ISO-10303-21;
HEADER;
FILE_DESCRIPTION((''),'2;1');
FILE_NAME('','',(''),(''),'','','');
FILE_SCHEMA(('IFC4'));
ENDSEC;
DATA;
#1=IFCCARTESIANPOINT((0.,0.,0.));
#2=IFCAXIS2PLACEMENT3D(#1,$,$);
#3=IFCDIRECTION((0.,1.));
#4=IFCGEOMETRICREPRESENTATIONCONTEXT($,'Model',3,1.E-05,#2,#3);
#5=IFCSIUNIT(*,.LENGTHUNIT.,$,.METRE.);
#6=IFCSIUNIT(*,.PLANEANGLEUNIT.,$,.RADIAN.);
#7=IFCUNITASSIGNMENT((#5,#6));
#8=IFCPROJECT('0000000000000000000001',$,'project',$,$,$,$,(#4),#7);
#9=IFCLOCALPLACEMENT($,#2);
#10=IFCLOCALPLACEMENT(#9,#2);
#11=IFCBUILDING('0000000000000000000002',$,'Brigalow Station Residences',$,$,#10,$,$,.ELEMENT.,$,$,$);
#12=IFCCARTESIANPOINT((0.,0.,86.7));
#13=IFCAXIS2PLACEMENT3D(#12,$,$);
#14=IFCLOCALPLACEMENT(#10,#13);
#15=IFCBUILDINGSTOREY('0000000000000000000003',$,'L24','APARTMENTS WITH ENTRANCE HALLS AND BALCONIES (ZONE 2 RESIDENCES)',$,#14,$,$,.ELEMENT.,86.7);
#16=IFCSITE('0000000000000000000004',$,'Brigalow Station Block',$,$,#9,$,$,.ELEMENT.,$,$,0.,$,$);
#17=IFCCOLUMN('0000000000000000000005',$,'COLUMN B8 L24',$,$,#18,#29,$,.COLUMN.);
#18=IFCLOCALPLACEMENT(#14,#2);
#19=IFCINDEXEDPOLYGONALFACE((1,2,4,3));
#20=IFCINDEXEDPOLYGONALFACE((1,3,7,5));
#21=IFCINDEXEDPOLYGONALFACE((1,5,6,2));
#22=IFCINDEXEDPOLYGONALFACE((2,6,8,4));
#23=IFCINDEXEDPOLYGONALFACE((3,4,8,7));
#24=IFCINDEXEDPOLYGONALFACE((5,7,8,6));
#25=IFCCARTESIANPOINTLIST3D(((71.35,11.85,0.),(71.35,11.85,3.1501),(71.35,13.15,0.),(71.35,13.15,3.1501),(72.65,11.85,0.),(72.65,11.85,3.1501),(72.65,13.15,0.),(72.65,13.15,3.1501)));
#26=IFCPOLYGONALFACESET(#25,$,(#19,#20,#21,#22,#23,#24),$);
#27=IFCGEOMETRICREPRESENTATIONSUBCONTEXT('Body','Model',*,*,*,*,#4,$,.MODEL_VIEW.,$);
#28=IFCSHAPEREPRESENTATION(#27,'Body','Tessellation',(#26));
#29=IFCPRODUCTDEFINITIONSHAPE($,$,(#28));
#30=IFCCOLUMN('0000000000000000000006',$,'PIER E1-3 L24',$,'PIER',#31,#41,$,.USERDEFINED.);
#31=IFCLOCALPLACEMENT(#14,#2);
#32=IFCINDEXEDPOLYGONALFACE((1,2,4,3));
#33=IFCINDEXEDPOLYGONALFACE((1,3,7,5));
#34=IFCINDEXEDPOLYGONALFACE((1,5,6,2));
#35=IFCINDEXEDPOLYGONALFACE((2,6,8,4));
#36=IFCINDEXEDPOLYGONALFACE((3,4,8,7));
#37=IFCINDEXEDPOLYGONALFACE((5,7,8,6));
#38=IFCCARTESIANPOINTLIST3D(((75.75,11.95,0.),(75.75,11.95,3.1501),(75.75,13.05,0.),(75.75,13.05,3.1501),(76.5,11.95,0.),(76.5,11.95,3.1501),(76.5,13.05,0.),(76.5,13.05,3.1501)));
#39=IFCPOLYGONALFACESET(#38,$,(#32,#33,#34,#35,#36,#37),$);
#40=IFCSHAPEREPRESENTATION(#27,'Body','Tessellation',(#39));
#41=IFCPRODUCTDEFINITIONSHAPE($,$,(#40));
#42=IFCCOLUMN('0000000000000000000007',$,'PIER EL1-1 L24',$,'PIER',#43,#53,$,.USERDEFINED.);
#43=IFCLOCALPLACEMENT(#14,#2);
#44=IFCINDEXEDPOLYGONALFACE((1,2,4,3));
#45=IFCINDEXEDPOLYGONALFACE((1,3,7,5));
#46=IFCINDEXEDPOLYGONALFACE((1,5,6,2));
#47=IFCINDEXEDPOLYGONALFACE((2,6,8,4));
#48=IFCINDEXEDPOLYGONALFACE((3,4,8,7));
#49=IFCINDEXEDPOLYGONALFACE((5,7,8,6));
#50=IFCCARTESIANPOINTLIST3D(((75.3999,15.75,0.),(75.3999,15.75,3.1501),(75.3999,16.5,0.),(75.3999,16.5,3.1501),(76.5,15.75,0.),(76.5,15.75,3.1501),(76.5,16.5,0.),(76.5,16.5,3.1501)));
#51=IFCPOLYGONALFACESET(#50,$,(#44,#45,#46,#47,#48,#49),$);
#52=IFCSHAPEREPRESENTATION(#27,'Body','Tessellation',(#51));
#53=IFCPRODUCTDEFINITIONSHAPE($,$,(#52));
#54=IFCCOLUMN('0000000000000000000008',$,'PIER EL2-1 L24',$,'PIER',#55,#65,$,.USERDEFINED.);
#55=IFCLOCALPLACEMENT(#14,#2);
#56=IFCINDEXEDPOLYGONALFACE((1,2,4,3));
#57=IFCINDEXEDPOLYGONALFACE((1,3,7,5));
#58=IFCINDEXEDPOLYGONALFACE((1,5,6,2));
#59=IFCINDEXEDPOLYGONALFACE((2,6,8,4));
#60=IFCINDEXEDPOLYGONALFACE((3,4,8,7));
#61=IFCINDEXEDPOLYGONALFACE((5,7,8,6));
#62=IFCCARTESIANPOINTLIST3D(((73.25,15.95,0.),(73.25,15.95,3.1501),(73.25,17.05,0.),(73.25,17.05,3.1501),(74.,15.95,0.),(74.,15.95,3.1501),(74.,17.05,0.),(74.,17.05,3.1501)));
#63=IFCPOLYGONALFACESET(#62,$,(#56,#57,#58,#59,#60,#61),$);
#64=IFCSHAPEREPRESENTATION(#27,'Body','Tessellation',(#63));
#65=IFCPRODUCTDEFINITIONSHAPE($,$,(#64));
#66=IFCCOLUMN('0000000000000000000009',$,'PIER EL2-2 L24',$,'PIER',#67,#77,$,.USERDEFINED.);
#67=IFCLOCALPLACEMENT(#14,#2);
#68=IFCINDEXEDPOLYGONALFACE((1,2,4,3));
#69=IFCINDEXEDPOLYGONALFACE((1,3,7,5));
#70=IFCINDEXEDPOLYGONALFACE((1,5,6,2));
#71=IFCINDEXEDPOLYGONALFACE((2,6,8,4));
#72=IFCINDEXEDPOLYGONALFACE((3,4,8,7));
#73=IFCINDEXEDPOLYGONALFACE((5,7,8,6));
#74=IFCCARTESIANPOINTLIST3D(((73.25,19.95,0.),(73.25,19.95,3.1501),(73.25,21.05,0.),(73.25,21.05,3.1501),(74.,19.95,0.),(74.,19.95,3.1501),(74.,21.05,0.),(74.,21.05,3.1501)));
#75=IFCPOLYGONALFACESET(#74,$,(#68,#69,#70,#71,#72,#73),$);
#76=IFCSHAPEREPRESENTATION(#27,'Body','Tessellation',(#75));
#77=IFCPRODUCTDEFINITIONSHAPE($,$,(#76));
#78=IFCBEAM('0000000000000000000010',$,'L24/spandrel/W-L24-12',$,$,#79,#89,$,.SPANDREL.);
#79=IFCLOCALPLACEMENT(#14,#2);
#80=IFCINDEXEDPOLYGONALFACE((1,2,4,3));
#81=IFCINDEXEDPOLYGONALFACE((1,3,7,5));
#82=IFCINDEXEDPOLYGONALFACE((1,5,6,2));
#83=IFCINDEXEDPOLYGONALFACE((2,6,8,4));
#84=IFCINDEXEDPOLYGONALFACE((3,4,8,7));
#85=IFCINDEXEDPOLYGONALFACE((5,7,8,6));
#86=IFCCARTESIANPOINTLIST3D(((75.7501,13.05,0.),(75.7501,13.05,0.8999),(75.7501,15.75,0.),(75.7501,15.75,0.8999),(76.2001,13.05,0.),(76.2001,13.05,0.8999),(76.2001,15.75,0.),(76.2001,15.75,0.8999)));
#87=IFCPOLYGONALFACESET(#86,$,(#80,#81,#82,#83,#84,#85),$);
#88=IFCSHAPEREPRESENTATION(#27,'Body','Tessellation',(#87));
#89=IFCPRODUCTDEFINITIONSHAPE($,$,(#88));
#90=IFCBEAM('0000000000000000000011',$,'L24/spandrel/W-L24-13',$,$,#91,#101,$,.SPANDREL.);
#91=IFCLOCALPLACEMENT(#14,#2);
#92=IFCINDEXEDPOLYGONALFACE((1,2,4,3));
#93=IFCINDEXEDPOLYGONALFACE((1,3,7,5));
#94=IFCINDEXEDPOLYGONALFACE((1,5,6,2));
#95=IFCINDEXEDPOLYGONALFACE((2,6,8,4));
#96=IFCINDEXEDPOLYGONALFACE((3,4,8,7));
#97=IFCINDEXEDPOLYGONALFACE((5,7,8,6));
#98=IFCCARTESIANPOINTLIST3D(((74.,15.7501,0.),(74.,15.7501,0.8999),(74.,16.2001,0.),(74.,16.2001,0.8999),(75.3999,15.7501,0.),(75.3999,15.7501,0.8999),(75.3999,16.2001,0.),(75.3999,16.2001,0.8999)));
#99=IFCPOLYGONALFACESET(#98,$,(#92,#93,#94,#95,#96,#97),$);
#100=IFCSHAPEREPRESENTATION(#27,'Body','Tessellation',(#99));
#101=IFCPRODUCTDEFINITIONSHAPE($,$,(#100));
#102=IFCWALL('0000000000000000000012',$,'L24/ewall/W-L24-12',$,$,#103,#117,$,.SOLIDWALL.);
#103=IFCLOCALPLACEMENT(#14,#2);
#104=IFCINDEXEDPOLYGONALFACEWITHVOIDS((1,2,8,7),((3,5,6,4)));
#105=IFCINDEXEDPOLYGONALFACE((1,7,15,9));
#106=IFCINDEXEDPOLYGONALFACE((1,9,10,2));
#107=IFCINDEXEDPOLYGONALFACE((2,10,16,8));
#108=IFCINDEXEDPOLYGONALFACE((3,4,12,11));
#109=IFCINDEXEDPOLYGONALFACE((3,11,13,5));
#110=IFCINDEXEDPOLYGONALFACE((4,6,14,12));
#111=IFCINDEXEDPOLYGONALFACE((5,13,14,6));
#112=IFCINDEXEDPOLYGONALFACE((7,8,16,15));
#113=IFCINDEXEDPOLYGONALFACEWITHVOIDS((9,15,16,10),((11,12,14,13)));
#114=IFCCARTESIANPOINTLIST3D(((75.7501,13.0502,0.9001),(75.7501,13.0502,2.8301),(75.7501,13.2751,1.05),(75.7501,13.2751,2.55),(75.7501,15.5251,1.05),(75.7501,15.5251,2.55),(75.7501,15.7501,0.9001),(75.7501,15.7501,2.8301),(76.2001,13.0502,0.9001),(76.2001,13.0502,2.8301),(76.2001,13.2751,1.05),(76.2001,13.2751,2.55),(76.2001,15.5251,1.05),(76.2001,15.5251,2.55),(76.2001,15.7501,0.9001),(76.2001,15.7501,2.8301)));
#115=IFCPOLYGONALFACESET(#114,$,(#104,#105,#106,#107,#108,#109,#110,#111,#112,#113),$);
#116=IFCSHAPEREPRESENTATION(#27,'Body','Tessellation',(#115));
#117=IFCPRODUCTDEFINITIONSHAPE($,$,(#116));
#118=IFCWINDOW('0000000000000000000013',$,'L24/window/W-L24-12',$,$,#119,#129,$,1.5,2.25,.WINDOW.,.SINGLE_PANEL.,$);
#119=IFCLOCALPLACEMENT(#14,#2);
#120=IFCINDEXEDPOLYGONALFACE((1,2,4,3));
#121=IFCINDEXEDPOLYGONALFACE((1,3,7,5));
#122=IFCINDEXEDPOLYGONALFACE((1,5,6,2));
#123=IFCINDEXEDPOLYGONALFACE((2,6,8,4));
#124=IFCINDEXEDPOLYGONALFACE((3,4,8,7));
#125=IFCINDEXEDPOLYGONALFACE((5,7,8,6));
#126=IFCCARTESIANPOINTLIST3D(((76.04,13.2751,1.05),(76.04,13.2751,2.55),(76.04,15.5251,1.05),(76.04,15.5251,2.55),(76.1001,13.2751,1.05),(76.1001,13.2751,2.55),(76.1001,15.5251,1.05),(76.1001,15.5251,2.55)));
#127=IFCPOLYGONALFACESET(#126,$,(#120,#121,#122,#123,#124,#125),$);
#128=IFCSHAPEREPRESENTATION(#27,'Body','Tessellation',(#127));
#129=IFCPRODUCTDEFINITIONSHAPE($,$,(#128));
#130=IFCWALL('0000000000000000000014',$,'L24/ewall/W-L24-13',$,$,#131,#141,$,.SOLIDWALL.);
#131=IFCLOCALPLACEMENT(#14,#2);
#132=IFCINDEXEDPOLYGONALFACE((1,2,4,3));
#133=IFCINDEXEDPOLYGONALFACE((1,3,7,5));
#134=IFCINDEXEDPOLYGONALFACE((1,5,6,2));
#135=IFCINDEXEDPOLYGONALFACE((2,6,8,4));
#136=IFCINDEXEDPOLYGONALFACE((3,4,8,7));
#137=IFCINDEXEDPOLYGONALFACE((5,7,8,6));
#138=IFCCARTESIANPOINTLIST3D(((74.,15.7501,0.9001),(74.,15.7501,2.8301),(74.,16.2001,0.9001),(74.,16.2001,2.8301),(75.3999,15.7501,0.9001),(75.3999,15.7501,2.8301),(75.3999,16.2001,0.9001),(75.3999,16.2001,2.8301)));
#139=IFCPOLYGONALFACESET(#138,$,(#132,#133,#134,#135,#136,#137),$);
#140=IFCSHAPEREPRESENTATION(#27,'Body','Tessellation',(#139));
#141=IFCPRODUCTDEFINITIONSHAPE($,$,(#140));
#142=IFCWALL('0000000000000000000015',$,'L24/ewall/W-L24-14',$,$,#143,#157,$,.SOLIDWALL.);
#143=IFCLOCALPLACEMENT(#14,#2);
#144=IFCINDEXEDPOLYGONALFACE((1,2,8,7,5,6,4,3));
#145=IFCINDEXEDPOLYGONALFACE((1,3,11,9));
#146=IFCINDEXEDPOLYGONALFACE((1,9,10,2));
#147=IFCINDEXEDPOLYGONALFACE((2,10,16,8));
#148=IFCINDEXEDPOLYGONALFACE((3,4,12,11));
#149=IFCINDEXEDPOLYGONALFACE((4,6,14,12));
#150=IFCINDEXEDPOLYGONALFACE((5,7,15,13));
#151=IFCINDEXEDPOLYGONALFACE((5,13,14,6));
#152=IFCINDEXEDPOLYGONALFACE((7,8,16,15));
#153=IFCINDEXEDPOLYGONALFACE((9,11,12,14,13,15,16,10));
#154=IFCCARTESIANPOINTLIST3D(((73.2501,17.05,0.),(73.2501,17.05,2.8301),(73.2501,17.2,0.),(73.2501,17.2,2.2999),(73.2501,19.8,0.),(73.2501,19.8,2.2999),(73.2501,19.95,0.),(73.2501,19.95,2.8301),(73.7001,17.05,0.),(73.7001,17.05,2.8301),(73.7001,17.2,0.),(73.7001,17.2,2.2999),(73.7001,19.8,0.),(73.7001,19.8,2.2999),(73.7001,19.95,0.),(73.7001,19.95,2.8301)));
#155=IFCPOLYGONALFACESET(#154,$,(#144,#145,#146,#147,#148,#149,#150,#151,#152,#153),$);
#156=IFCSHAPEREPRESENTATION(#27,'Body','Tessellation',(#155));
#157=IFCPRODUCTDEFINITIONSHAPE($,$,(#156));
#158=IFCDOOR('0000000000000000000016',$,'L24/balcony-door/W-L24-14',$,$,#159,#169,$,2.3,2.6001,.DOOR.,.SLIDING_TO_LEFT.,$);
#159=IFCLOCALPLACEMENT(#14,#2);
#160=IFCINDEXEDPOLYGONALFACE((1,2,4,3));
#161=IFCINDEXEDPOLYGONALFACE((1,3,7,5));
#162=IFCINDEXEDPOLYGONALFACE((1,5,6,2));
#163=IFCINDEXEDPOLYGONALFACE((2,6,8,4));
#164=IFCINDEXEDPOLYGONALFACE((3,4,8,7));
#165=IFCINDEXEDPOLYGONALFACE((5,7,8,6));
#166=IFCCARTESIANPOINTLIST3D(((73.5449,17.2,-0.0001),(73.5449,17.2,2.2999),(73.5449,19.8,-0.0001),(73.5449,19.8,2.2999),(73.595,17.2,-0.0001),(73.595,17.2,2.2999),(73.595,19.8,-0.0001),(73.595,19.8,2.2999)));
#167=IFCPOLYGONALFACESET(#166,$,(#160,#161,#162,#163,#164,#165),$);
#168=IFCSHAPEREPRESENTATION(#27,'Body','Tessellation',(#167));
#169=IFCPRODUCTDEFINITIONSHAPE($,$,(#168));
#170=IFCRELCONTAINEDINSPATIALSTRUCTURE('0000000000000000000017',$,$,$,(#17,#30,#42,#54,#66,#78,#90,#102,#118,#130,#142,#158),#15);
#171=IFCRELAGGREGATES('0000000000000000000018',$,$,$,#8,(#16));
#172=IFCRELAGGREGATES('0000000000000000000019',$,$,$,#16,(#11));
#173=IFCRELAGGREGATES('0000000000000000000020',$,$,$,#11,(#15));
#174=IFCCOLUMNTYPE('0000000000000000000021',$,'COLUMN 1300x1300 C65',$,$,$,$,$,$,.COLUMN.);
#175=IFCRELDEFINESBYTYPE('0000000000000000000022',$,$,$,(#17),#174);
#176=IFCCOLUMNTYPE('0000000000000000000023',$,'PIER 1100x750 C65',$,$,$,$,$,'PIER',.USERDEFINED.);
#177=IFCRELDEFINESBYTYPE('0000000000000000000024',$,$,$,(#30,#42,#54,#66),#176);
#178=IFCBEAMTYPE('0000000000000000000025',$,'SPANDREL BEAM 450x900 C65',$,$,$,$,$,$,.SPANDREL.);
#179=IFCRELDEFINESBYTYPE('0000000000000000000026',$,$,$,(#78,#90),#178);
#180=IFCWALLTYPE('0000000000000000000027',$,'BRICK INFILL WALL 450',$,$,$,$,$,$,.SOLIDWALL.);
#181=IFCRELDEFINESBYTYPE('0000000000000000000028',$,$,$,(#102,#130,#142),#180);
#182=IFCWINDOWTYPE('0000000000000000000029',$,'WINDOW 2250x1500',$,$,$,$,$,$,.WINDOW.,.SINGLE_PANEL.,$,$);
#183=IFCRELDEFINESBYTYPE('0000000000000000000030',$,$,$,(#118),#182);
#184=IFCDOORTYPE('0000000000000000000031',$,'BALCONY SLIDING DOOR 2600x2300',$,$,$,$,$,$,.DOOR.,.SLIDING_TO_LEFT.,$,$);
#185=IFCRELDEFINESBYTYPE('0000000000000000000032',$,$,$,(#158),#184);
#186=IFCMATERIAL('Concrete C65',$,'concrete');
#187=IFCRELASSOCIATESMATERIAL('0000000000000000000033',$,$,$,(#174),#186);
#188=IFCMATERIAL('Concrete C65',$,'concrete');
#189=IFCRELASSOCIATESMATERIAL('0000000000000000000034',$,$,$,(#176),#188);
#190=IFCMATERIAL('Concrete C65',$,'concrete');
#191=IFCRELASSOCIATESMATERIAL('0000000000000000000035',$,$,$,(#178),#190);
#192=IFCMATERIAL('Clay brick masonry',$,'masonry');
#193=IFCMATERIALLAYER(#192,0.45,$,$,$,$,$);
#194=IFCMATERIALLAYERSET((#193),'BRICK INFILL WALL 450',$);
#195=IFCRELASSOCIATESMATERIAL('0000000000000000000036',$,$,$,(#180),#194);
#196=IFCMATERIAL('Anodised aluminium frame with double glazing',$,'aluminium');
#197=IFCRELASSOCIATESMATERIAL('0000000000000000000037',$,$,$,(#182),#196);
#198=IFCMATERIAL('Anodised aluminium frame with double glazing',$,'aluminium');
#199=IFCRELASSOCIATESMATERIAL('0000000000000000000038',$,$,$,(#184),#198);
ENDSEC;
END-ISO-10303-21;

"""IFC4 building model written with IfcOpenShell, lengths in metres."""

from ifc_helpers import new_model, si_unit, direction, frame, frame_2d, origin, origin_2d, place, context, subcontext, project, spatial, rectangle, extrude, material, layer, layer_set, material_profile, profile_set, type_object, element, fill, save


model = new_model("IFC4")

# Units and contexts
model_context = context("Model", 3, precision=1e-05, world=origin(), true_north=direction((0.0, 1.0)))
body_context = subcontext(model_context, "Body", "Model", "MODEL_VIEW")
ifc_project = project(units=[si_unit("LENGTHUNIT", "METRE"), si_unit("PLANEANGLEUNIT", "RADIAN")], contexts=[model_context])

# Site, building, storey
site_placement = place(None, origin())
site = spatial("IfcSite", under=ifc_project, at=site_placement, Name="Brigalow Station Block", CompositionType="ELEMENT", RefElevation=0.0)
building_placement = place(site_placement, origin())
building = spatial("IfcBuilding", under=site, at=building_placement, Name="Brigalow Station Residences", CompositionType="ELEMENT")
storey_placement = place(building_placement, frame((0.0, 0.0, 86.7)))
storey = spatial("IfcBuildingStorey", under=building, at=storey_placement, Name="L24", Description="APARTMENTS WITH ENTRANCE HALLS AND BALCONIES (ZONE 2 RESIDENCES)", CompositionType="ELEMENT", Elevation=86.7)

# Columns
ifc_material_1 = material(Name="Concrete C65", Category="concrete")
ifc_material_profile_1 = material_profile(ifc_material_1, rectangle(XDim=1.3, YDim=1.3, at=origin_2d()), Name="RC1300x1300")
ifc_profile_set_1 = profile_set([ifc_material_profile_1], Name="Concrete C65")
column_type_1 = type_object("IfcColumnType", Name="COLUMN 1300x1300 C65", PredefinedType="COLUMN", material=ifc_profile_set_1)
column_placement = place(storey_placement, frame((72.0, 12.5, 0.0), z_axis=(0.0, 0.0, 1.0), x_axis=(1.0, 0.0, 0.0)))
element("IfcColumn", 1, at=column_placement, inside=storey, type_object=column_type_1, Name="COLUMN B8 L24", PredefinedType="COLUMN", context=body_context, shape_type="SweptSolid", body=[
    extrude(rectangle(XDim=1.3, YDim=1.3, at=origin_2d()), origin(), (0.0, 0.0, 1.0), 3.1501),
])
ifc_material_2 = material(Name="Concrete C65", Category="concrete")
ifc_material_profile_2 = material_profile(ifc_material_2, rectangle(XDim=1.1001, YDim=0.75, at=origin_2d()), Name="RC1100x750")
ifc_profile_set_2 = profile_set([ifc_material_profile_2], Name="Concrete C65")
column_type_2 = type_object("IfcColumnType", Name="PIER 1100x750 C65", ElementType="PIER", PredefinedType="USERDEFINED", material=ifc_profile_set_2)
for number, where, z_axis, x_axis, name in (
    (2, (76.125, 12.5, 0.0), (0.0, 0.0, 1.0), (0.0, 1.0, 0.0), "PIER E1-3 L24"),
    (3, (75.95, 16.125, 0.0), (0.0, 0.0, 1.0), (-1.0, 0.0, 0.0), "PIER EL1-1 L24"),
    (4, (73.625, 16.5, 0.0), (0.0, 0.0, 1.0), (0.0, 1.0, 0.0), "PIER EL2-1 L24"),
    (5, (73.625, 20.5, 0.0), (0.0, 0.0, 1.0), (0.0, 1.0, 0.0), "PIER EL2-2 L24"),
):
    element("IfcColumn", number, at=place(storey_placement, frame(where, z_axis=z_axis, x_axis=x_axis)), inside=storey, type_object=column_type_2, Name=name, ObjectType="PIER", PredefinedType="USERDEFINED", context=body_context, shape_type="SweptSolid", body=[
        extrude(rectangle(XDim=1.1001, YDim=0.75, at=origin_2d()), origin(), (0.0, 0.0, 1.0), 3.1501),
    ])

# Beams
ifc_material_3 = material(Name="Concrete C65", Category="concrete")
ifc_material_profile_3 = material_profile(ifc_material_3, rectangle(XDim=0.45, YDim=0.8999, at=origin_2d()), Name="RC450x900")
ifc_profile_set_3 = profile_set([ifc_material_profile_3], Name="Concrete C65")
beam_type = type_object("IfcBeamType", Name="SPANDREL BEAM 450x900 C65", PredefinedType="SPANDREL", material=ifc_profile_set_3)
beam_1_placement = place(storey_placement, frame((75.9751, 13.05, 0.45), z_axis=(0.0, 1.0, 0.0), x_axis=(-1.0, 0.0, 0.0)))
element("IfcBeam", 6, at=beam_1_placement, inside=storey, type_object=beam_type, Name="L24/spandrel/W-L24-12", PredefinedType="SPANDREL", context=body_context, shape_type="SweptSolid", body=[
    extrude(rectangle(XDim=0.45, YDim=0.8999, at=origin_2d()), origin(), (0.0, 0.0, 1.0), 2.7),
])
beam_2_placement = place(storey_placement, frame((75.3999, 15.9751, 0.45), z_axis=(-1.0, 0.0, 0.0), x_axis=(0.0, -1.0, 0.0)))
element("IfcBeam", 7, at=beam_2_placement, inside=storey, type_object=beam_type, Name="L24/spandrel/W-L24-13", PredefinedType="SPANDREL", context=body_context, shape_type="SweptSolid", body=[
    extrude(rectangle(XDim=0.45, YDim=0.8999, at=origin_2d()), origin(), (0.0, 0.0, 1.0), 1.3999),
])

# Wall, opening, window
ifc_material_4 = material(Name="Clay brick masonry", Category="masonry")
ifc_layer_1 = layer(ifc_material_4, 0.45)
ifc_layer_set_1 = layer_set([ifc_layer_1], Name="BRICK INFILL WALL 450")
wall_type_1 = type_object("IfcWallType", Name="BRICK INFILL WALL 450", PredefinedType="SOLIDWALL", material=ifc_layer_set_1)
wall_1_placement = place(storey_placement, frame((75.9751, 13.05, 0.9001), z_axis=(0.0, 0.0, 1.0), x_axis=(0.0, 1.0, 0.0)))
wall_1 = element("IfcWall", 8, at=wall_1_placement, inside=storey, type_object=wall_type_1, Name="L24/ewall/W-L24-12", PredefinedType="SOLIDWALL", context=body_context, shape_type="SweptSolid", body=[
    extrude(rectangle(XDim=2.7, YDim=0.45, at=frame_2d((1.3501, 0.0))), origin(), (0.0, 0.0, 1.0), 1.9299),
])
opening_1_placement = place(wall_1_placement, frame((0.2251, 0.0, 0.1499)))
opening_1 = element("IfcOpeningElement", 9, at=opening_1_placement, cuts=wall_1, PredefinedType="OPENING", context=body_context, shape_type="SweptSolid", body=[
    extrude(rectangle(XDim=2.25, YDim=1.5, at=frame_2d((1.125, 0.75))), frame((0.0, 0.2349, 0.0), z_axis=(0.0, -1.0, 0.0), x_axis=(1.0, 0.0, 0.0)), (0.0, 0.0, 1.0), 0.47),
])
ifc_material_5 = material(Name="Anodised aluminium frame with double glazing", Category="aluminium")
window_type = type_object("IfcWindowType", Name="WINDOW 2250x1500", PartitioningType="SINGLE_PANEL", PredefinedType="WINDOW", material=ifc_material_5)
window_placement = place(opening_1_placement, origin())
window = element("IfcWindow", 10, at=window_placement, inside=storey, type_object=window_type, Name="L24/window/W-L24-12", OverallHeight=1.5, OverallWidth=2.25, PartitioningType="SINGLE_PANEL", PredefinedType="WINDOW", context=body_context, shape_type="SweptSolid", body=[
    extrude(rectangle(XDim=2.25, YDim=1.5, at=frame_2d((1.125, 0.75))), frame((0.0, -0.0649, 0.0), z_axis=(0.0, -1.0, 0.0), x_axis=(1.0, 0.0, 0.0)), (0.0, 0.0, 1.0), 0.0601),
])
fill(opening_1, window)

# Wall
wall_2_placement = place(storey_placement, frame((75.3999, 15.9751, 0.9001), z_axis=(0.0, 0.0, 1.0), x_axis=(-1.0, 0.0, 0.0)))
element("IfcWall", 11, at=wall_2_placement, inside=storey, type_object=wall_type_1, Name="L24/ewall/W-L24-13", PredefinedType="SOLIDWALL", context=body_context, shape_type="SweptSolid", body=[
    extrude(rectangle(XDim=1.3999, YDim=0.45, at=frame_2d((0.7, 0.0))), origin(), (0.0, 0.0, 1.0), 1.9299),
])

# Wall, opening, door
wall_3_placement = place(storey_placement, frame((73.4751, 17.05, 0.0), z_axis=(0.0, 0.0, 1.0), x_axis=(0.0, 1.0, 0.0)))
wall_3 = element("IfcWall", 12, at=wall_3_placement, inside=storey, type_object=wall_type_1, Name="L24/ewall/W-L24-14", PredefinedType="SOLIDWALL", context=body_context, shape_type="SweptSolid", body=[
    extrude(rectangle(XDim=2.8999, YDim=0.45, at=frame_2d((1.45, 0.0))), origin(), (0.0, 0.0, 1.0), 2.8301),
])
opening_2_placement = place(wall_3_placement, frame((0.1499, 0.0, 0.0)))
opening_2 = element("IfcOpeningElement", 13, at=opening_2_placement, cuts=wall_3, PredefinedType="OPENING", context=body_context, shape_type="SweptSolid", body=[
    extrude(rectangle(XDim=2.6001, YDim=2.3, at=frame_2d((1.3, 1.1499))), frame((0.0, 0.2349, 0.0), z_axis=(0.0, -1.0, 0.0), x_axis=(1.0, 0.0, 0.0)), (0.0, 0.0, 1.0), 0.47),
])
ifc_material_6 = material(Name="Anodised aluminium frame with double glazing", Category="aluminium")
door_type_1 = type_object("IfcDoorType", Name="BALCONY SLIDING DOOR 2600x2300", OperationType="SLIDING_TO_LEFT", PredefinedType="DOOR", material=ifc_material_6)
door_1_placement = place(opening_2_placement, origin())
door_1 = element("IfcDoor", 14, at=door_1_placement, inside=storey, type_object=door_type_1, Name="L24/balcony-door/W-L24-14", OperationType="SLIDING_TO_LEFT", OverallHeight=2.3, OverallWidth=2.6001, PredefinedType="DOOR", context=body_context, shape_type="SweptSolid", body=[
    extrude(rectangle(XDim=2.6001, YDim=2.3, at=frame_2d((1.3, 1.1499))), frame((0.0, -0.0698, 0.0), z_axis=(0.0, -1.0, 0.0), x_axis=(1.0, 0.0, 0.0)), (0.0, 0.0, 1.0), 0.05),
])
fill(opening_2, door_1)

save(model, "model.ifc")
